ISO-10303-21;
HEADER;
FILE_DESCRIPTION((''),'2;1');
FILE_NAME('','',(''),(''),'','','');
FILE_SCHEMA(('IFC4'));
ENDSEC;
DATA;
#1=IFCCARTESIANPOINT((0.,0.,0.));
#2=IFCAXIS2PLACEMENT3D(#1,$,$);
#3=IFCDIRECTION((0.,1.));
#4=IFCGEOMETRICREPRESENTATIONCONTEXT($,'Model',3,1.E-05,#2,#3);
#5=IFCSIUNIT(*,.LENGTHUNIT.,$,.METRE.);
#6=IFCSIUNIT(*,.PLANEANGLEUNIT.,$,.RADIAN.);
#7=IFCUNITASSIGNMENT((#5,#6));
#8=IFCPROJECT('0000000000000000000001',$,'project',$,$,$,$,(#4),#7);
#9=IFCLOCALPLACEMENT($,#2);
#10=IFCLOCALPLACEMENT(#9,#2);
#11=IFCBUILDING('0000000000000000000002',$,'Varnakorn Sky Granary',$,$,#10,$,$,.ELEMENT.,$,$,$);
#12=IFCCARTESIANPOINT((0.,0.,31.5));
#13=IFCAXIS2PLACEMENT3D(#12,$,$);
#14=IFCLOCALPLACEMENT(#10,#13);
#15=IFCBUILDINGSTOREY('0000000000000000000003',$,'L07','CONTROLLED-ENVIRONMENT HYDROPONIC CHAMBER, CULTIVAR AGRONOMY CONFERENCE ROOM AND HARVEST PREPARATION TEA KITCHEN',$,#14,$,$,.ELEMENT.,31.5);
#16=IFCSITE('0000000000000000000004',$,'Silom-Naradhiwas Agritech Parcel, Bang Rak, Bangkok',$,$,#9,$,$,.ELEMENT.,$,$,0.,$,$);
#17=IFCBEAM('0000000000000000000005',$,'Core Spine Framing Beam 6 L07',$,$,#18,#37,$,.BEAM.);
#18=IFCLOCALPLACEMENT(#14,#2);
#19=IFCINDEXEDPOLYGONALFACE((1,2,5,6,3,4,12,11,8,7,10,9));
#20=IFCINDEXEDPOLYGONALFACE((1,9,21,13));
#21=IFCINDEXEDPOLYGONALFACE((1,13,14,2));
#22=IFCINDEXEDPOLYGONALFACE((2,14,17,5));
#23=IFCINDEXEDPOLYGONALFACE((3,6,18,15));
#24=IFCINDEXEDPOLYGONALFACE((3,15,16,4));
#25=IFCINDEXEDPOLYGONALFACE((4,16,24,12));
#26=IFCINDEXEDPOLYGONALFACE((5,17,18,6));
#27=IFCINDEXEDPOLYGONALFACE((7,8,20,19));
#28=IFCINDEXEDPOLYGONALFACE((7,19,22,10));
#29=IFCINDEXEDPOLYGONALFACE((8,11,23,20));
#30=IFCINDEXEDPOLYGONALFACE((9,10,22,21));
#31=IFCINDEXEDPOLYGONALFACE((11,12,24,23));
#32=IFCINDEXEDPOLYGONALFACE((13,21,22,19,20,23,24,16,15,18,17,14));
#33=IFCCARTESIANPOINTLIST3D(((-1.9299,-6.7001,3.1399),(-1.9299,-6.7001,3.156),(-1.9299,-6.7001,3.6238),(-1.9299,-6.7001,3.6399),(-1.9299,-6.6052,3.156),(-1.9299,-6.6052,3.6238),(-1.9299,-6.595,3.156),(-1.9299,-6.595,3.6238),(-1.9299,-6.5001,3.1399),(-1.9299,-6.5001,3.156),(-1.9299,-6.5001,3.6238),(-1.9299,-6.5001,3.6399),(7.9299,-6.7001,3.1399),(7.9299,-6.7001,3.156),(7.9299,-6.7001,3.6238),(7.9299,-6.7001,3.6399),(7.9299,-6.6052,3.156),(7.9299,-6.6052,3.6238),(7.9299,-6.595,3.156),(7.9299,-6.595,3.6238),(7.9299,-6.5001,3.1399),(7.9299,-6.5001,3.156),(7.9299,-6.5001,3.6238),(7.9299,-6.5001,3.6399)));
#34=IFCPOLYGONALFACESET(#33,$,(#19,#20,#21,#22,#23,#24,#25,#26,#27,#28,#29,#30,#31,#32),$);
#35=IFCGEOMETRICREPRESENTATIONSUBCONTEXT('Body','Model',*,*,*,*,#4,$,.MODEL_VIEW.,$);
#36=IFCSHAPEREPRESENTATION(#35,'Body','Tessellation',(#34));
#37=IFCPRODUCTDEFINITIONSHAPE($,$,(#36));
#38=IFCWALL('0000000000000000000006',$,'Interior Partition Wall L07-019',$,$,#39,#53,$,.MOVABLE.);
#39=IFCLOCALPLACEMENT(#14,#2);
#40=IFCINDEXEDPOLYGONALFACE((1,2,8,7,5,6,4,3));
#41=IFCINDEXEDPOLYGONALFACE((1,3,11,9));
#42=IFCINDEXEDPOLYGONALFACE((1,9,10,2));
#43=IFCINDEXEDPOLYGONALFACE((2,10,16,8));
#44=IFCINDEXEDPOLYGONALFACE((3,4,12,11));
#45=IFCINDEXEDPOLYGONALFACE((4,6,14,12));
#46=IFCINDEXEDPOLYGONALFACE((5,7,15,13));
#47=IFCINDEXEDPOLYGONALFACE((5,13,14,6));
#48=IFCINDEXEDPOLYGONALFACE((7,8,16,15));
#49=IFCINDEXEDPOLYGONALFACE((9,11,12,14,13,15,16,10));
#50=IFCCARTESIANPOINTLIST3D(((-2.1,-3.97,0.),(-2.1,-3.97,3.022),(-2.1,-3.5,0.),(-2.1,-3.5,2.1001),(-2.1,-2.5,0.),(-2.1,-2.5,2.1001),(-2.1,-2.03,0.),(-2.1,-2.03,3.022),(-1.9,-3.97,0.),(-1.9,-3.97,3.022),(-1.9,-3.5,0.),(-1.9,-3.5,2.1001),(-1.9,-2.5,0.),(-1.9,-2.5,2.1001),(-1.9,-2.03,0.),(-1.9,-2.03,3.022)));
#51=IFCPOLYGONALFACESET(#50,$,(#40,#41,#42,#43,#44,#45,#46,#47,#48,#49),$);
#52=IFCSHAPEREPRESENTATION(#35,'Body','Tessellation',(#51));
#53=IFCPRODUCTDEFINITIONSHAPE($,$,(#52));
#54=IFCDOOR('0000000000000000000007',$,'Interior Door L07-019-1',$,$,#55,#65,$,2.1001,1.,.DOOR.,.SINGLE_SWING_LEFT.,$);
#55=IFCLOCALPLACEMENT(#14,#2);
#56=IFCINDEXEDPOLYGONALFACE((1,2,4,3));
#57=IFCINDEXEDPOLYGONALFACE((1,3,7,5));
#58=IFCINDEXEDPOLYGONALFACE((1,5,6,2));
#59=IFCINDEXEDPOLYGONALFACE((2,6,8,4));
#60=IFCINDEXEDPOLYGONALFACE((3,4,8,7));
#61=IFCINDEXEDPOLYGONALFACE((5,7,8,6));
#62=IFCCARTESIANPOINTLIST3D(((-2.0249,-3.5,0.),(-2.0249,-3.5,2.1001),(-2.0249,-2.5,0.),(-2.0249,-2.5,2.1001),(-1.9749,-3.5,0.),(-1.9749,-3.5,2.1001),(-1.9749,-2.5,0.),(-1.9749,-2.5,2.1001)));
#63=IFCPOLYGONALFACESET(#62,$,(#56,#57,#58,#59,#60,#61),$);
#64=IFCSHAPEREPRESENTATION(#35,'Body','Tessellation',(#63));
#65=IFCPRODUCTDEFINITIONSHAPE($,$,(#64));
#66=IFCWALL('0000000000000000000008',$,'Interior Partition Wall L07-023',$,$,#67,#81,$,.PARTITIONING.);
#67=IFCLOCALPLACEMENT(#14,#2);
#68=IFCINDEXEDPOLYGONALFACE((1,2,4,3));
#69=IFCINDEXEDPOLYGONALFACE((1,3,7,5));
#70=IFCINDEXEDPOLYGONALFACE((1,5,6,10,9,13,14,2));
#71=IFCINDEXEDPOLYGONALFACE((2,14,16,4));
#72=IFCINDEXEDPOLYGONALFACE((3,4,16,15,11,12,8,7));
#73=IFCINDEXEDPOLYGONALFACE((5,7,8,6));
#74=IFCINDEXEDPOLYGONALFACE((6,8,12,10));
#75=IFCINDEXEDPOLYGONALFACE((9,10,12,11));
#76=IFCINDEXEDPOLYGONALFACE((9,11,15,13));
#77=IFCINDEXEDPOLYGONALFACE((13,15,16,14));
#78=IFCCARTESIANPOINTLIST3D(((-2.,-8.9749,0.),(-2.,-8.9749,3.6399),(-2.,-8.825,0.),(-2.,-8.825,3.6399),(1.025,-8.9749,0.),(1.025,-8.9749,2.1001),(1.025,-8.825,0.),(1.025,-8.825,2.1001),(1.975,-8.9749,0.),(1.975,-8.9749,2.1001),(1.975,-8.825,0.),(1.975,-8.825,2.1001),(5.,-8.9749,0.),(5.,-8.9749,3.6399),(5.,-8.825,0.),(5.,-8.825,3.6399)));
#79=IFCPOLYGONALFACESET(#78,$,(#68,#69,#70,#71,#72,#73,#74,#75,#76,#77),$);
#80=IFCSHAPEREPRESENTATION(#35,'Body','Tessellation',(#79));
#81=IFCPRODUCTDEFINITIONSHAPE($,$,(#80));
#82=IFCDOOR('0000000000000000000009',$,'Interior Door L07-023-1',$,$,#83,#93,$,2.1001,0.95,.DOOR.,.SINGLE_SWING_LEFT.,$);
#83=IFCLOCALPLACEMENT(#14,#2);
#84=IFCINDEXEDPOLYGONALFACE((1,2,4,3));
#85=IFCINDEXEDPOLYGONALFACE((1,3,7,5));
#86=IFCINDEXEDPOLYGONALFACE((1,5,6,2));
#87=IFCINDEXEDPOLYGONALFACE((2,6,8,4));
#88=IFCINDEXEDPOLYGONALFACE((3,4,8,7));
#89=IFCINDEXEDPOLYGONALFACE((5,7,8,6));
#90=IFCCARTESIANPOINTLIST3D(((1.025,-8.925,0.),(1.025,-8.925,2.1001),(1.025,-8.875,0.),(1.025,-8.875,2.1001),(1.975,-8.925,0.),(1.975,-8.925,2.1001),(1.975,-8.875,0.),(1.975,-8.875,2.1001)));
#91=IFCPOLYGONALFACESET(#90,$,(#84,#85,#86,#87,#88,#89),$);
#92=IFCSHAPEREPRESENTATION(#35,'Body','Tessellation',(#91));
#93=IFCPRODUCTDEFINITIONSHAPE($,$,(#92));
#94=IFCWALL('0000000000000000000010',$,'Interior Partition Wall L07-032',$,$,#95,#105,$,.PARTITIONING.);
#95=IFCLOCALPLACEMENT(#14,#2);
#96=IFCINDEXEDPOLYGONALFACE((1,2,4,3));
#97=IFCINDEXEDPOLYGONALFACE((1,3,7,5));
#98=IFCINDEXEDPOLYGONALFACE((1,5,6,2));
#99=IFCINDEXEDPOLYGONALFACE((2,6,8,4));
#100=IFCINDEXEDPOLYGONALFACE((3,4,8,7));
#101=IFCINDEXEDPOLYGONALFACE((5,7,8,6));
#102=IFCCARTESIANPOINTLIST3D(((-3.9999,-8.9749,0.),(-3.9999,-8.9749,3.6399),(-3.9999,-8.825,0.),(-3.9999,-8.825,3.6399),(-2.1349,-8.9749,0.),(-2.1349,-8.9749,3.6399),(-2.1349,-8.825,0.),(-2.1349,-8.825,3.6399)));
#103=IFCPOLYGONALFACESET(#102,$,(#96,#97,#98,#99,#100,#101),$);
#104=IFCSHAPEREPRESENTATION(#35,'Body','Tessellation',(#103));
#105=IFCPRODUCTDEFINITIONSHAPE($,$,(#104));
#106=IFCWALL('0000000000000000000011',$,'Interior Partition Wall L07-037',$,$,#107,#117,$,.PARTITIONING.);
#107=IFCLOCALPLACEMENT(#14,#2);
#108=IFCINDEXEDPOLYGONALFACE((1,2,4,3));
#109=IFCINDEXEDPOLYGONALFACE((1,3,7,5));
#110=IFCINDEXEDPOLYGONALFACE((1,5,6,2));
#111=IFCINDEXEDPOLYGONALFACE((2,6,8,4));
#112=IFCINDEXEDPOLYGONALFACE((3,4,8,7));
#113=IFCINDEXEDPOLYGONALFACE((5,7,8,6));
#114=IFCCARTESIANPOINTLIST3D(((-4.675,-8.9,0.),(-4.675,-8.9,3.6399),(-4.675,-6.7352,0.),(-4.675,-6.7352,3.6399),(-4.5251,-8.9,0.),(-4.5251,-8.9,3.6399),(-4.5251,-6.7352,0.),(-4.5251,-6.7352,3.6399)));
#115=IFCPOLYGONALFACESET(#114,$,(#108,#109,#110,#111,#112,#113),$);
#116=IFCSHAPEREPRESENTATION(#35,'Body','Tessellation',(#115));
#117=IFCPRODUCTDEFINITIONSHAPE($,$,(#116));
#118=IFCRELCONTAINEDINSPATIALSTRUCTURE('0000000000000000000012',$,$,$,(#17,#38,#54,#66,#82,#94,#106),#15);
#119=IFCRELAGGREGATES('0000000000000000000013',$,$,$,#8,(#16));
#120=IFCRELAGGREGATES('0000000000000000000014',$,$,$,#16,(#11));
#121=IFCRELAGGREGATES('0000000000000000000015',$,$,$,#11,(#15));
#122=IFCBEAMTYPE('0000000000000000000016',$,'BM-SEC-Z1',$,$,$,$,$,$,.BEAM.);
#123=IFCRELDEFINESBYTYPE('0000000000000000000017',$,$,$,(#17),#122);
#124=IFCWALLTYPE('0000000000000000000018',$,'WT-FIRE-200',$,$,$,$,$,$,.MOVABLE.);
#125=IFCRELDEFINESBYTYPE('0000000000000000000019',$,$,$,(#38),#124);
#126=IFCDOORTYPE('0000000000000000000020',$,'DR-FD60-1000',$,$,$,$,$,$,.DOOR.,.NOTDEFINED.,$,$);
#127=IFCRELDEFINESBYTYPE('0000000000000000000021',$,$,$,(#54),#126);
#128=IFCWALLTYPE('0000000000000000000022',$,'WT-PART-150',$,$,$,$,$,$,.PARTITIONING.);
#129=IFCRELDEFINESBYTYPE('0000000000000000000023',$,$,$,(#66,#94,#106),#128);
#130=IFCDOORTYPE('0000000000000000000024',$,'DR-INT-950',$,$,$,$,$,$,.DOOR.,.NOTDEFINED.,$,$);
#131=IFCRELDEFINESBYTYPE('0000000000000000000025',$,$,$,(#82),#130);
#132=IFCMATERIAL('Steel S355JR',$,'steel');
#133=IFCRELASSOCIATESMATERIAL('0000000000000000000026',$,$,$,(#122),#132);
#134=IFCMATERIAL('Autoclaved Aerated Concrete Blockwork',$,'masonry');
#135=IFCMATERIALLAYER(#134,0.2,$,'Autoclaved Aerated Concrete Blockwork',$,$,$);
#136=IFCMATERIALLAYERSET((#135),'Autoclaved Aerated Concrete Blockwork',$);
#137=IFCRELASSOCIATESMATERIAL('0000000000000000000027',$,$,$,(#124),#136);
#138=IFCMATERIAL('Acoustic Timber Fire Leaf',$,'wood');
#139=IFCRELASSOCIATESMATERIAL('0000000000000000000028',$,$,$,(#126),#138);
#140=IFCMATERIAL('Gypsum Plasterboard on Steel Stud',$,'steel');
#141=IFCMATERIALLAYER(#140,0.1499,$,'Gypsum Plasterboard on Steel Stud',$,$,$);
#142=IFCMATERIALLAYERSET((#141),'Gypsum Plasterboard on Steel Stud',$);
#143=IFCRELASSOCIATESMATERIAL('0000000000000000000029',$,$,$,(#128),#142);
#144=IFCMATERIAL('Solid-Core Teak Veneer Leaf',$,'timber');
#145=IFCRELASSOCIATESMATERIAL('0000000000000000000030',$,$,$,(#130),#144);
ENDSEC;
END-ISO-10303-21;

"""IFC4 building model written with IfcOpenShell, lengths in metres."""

from ifc_helpers import new_model, si_unit, direction, frame, frame_2d, origin, origin_2d, place, context, subcontext, project, spatial, rectangle, i_section, extrude, material, layer, layer_set, material_profile, profile_set, type_object, element, fill, save


model = new_model("IFC4")

# Units and contexts
model_context = context("Model", 3, precision=1e-05, world=origin(), true_north=direction((0.0, 1.0)))
body_context = subcontext(model_context, "Body", "Model", "MODEL_VIEW")
ifc_project = project(units=[si_unit("LENGTHUNIT", "METRE"), si_unit("PLANEANGLEUNIT", "RADIAN")], contexts=[model_context])

# Site, building, storey
site_placement = place(None, origin())
site = spatial("IfcSite", under=ifc_project, at=site_placement, Name="Silom-Naradhiwas Agritech Parcel, Bang Rak, Bangkok", CompositionType="ELEMENT", RefElevation=0.0)
building_placement = place(site_placement, origin())
building = spatial("IfcBuilding", under=site, at=building_placement, Name="Varnakorn Sky Granary", CompositionType="ELEMENT")
storey_placement = place(building_placement, frame((0.0, 0.0, 31.5)))
storey = spatial("IfcBuildingStorey", under=building, at=storey_placement, Name="L07", Description="CONTROLLED-ENVIRONMENT HYDROPONIC CHAMBER, CULTIVAR AGRONOMY CONFERENCE ROOM AND HARVEST PREPARATION TEA KITCHEN", CompositionType="ELEMENT", Elevation=31.5)

# Beam
ifc_material_1 = material(Name="Steel S355JR", Category="steel")
ifc_material_profile_1 = material_profile(ifc_material_1, i_section(OverallWidth=0.2, OverallDepth=0.5, WebThickness=0.0103, FlangeThickness=0.0161, at=origin_2d()), Name="IPE 500")
ifc_profile_set_1 = profile_set([ifc_material_profile_1], Name="Steel S355JR")
beam_type_1 = type_object("IfcBeamType", Name="BM-SEC-Z1", PredefinedType="BEAM", material=ifc_profile_set_1)
beam_1_placement = place(storey_placement, frame((-1.9299, -6.6001, 3.3899), z_axis=(1.0, 0.0, 0.0), x_axis=(0.0, 1.0, 0.0)))
element("IfcBeam", 1, at=beam_1_placement, inside=storey, type_object=beam_type_1, Name="Core Spine Framing Beam 6 L07", PredefinedType="BEAM", context=body_context, shape_type="SweptSolid", body=[
    extrude(i_section(OverallWidth=0.2, OverallDepth=0.5, WebThickness=0.0103, FlangeThickness=0.0161, at=origin_2d()), origin(), (0.0, 0.0, 1.0), 9.8599),
])

# Walls, openings, doors
ifc_material_2 = material(Name="Autoclaved Aerated Concrete Blockwork", Category="masonry")
ifc_layer_1 = layer(ifc_material_2, 0.2, Name="Autoclaved Aerated Concrete Blockwork")
ifc_layer_set_1 = layer_set([ifc_layer_1], Name="Autoclaved Aerated Concrete Blockwork")
wall_type_1 = type_object("IfcWallType", Name="WT-FIRE-200", PredefinedType="MOVABLE", material=ifc_layer_set_1)
wall_1_placement = place(storey_placement, frame((-2.0, -3.97, 0.0), z_axis=(0.0, 0.0, 1.0), x_axis=(0.0, 1.0, 0.0)))
wall_1 = element("IfcWall", 2, at=wall_1_placement, inside=storey, type_object=wall_type_1, Name="Interior Partition Wall L07-019", PredefinedType="MOVABLE", context=body_context, shape_type="SweptSolid", body=[
    extrude(rectangle(XDim=1.9399, YDim=0.2, at=frame_2d((0.97, 0.0))), origin(), (0.0, 0.0, 1.0), 3.022),
])
opening_1_placement = place(wall_1_placement, frame((0.47, 0.0, 0.0)))
opening_1 = element("IfcOpeningElement", 3, at=opening_1_placement, cuts=wall_1, PredefinedType="OPENING", context=body_context, shape_type="SweptSolid", body=[
    extrude(rectangle(XDim=1.0, YDim=2.1001, at=frame_2d((0.5, 1.05))), frame((0.0, 0.1099, 0.0), z_axis=(0.0, -1.0, 0.0), x_axis=(1.0, 0.0, 0.0)), (0.0, 0.0, 1.0), 0.22),
])
ifc_material_3 = material(Name="Acoustic Timber Fire Leaf", Category="wood")
door_type_1 = type_object("IfcDoorType", Name="DR-FD60-1000", OperationType="NOTDEFINED", PredefinedType="DOOR", material=ifc_material_3)
door_1_placement = place(opening_1_placement, origin())
door_1 = element("IfcDoor", 4, at=door_1_placement, inside=storey, type_object=door_type_1, Name="Interior Door L07-019-1", OperationType="SINGLE_SWING_LEFT", OverallHeight=2.1001, OverallWidth=1.0, PredefinedType="DOOR", context=body_context, shape_type="SweptSolid", body=[
    extrude(rectangle(XDim=1.0, YDim=2.1001, at=frame_2d((0.5, 1.05))), frame((0.0, 0.0249, 0.0), z_axis=(0.0, -1.0, 0.0), x_axis=(1.0, 0.0, 0.0)), (0.0, 0.0, 1.0), 0.05),
])
fill(opening_1, door_1)
ifc_material_4 = material(Name="Gypsum Plasterboard on Steel Stud", Category="steel")
ifc_layer_2 = layer(ifc_material_4, 0.1499, Name="Gypsum Plasterboard on Steel Stud")
ifc_layer_set_2 = layer_set([ifc_layer_2], Name="Gypsum Plasterboard on Steel Stud")
wall_type_2 = type_object("IfcWallType", Name="WT-PART-150", PredefinedType="PARTITIONING", material=ifc_layer_set_2)
wall_2_placement = place(storey_placement, frame((-2.0, -8.8999, 0.0), z_axis=(0.0, 0.0, 1.0), x_axis=(1.0, 0.0, 0.0)))
wall_2 = element("IfcWall", 5, at=wall_2_placement, inside=storey, type_object=wall_type_2, Name="Interior Partition Wall L07-023", PredefinedType="PARTITIONING", context=body_context, shape_type="SweptSolid", body=[
    extrude(rectangle(XDim=7.0, YDim=0.1499, at=frame_2d((3.5, 0.0))), origin(), (0.0, 0.0, 1.0), 3.6399),
])
opening_2_placement = place(wall_2_placement, frame((3.0249, 0.0, 0.0)))
opening_2 = element("IfcOpeningElement", 6, at=opening_2_placement, cuts=wall_2, PredefinedType="OPENING", context=body_context, shape_type="SweptSolid", body=[
    extrude(rectangle(XDim=0.95, YDim=2.1001, at=frame_2d((0.4751, 1.05))), frame((0.0, 0.085, 0.0), z_axis=(0.0, -1.0, 0.0), x_axis=(1.0, 0.0, 0.0)), (0.0, 0.0, 1.0), 0.1699),
])
ifc_material_5 = material(Name="Solid-Core Teak Veneer Leaf", Category="timber")
door_type_2 = type_object("IfcDoorType", Name="DR-INT-950", OperationType="NOTDEFINED", PredefinedType="DOOR", material=ifc_material_5)
door_2_placement = place(opening_2_placement, origin())
door_2 = element("IfcDoor", 7, at=door_2_placement, inside=storey, type_object=door_type_2, Name="Interior Door L07-023-1", OperationType="SINGLE_SWING_LEFT", OverallHeight=2.1001, OverallWidth=0.95, PredefinedType="DOOR", context=body_context, shape_type="SweptSolid", body=[
    extrude(rectangle(XDim=0.95, YDim=2.1001, at=frame_2d((0.4751, 1.05))), frame((0.0, 0.0249, 0.0), z_axis=(0.0, -1.0, 0.0), x_axis=(1.0, 0.0, 0.0)), (0.0, 0.0, 1.0), 0.05),
])
fill(opening_2, door_2)

# Walls
wall_3_placement = place(storey_placement, frame((-4.0, -8.8999, 0.0), z_axis=(0.0, 0.0, 1.0), x_axis=(1.0, 0.0, 0.0)))
element("IfcWall", 8, at=wall_3_placement, inside=storey, type_object=wall_type_2, Name="Interior Partition Wall L07-032", PredefinedType="PARTITIONING", context=body_context, shape_type="SweptSolid", body=[
    extrude(rectangle(XDim=1.865, YDim=0.1499, at=frame_2d((0.9326, 0.0))), origin(), (0.0, 0.0, 1.0), 3.6399),
])
wall_4_placement = place(storey_placement, frame((-4.6001, -6.7351, 0.0), z_axis=(0.0, 0.0, 1.0), x_axis=(0.0, -1.0, 0.0)))
element("IfcWall", 9, at=wall_4_placement, inside=storey, type_object=wall_type_2, Name="Interior Partition Wall L07-037", PredefinedType="PARTITIONING", context=body_context, shape_type="SweptSolid", body=[
    extrude(rectangle(XDim=2.1648, YDim=0.1499, at=frame_2d((1.0825, 0.0))), origin(), (0.0, 0.0, 1.0), 3.6399),
])

save(model, "model.ifc")
